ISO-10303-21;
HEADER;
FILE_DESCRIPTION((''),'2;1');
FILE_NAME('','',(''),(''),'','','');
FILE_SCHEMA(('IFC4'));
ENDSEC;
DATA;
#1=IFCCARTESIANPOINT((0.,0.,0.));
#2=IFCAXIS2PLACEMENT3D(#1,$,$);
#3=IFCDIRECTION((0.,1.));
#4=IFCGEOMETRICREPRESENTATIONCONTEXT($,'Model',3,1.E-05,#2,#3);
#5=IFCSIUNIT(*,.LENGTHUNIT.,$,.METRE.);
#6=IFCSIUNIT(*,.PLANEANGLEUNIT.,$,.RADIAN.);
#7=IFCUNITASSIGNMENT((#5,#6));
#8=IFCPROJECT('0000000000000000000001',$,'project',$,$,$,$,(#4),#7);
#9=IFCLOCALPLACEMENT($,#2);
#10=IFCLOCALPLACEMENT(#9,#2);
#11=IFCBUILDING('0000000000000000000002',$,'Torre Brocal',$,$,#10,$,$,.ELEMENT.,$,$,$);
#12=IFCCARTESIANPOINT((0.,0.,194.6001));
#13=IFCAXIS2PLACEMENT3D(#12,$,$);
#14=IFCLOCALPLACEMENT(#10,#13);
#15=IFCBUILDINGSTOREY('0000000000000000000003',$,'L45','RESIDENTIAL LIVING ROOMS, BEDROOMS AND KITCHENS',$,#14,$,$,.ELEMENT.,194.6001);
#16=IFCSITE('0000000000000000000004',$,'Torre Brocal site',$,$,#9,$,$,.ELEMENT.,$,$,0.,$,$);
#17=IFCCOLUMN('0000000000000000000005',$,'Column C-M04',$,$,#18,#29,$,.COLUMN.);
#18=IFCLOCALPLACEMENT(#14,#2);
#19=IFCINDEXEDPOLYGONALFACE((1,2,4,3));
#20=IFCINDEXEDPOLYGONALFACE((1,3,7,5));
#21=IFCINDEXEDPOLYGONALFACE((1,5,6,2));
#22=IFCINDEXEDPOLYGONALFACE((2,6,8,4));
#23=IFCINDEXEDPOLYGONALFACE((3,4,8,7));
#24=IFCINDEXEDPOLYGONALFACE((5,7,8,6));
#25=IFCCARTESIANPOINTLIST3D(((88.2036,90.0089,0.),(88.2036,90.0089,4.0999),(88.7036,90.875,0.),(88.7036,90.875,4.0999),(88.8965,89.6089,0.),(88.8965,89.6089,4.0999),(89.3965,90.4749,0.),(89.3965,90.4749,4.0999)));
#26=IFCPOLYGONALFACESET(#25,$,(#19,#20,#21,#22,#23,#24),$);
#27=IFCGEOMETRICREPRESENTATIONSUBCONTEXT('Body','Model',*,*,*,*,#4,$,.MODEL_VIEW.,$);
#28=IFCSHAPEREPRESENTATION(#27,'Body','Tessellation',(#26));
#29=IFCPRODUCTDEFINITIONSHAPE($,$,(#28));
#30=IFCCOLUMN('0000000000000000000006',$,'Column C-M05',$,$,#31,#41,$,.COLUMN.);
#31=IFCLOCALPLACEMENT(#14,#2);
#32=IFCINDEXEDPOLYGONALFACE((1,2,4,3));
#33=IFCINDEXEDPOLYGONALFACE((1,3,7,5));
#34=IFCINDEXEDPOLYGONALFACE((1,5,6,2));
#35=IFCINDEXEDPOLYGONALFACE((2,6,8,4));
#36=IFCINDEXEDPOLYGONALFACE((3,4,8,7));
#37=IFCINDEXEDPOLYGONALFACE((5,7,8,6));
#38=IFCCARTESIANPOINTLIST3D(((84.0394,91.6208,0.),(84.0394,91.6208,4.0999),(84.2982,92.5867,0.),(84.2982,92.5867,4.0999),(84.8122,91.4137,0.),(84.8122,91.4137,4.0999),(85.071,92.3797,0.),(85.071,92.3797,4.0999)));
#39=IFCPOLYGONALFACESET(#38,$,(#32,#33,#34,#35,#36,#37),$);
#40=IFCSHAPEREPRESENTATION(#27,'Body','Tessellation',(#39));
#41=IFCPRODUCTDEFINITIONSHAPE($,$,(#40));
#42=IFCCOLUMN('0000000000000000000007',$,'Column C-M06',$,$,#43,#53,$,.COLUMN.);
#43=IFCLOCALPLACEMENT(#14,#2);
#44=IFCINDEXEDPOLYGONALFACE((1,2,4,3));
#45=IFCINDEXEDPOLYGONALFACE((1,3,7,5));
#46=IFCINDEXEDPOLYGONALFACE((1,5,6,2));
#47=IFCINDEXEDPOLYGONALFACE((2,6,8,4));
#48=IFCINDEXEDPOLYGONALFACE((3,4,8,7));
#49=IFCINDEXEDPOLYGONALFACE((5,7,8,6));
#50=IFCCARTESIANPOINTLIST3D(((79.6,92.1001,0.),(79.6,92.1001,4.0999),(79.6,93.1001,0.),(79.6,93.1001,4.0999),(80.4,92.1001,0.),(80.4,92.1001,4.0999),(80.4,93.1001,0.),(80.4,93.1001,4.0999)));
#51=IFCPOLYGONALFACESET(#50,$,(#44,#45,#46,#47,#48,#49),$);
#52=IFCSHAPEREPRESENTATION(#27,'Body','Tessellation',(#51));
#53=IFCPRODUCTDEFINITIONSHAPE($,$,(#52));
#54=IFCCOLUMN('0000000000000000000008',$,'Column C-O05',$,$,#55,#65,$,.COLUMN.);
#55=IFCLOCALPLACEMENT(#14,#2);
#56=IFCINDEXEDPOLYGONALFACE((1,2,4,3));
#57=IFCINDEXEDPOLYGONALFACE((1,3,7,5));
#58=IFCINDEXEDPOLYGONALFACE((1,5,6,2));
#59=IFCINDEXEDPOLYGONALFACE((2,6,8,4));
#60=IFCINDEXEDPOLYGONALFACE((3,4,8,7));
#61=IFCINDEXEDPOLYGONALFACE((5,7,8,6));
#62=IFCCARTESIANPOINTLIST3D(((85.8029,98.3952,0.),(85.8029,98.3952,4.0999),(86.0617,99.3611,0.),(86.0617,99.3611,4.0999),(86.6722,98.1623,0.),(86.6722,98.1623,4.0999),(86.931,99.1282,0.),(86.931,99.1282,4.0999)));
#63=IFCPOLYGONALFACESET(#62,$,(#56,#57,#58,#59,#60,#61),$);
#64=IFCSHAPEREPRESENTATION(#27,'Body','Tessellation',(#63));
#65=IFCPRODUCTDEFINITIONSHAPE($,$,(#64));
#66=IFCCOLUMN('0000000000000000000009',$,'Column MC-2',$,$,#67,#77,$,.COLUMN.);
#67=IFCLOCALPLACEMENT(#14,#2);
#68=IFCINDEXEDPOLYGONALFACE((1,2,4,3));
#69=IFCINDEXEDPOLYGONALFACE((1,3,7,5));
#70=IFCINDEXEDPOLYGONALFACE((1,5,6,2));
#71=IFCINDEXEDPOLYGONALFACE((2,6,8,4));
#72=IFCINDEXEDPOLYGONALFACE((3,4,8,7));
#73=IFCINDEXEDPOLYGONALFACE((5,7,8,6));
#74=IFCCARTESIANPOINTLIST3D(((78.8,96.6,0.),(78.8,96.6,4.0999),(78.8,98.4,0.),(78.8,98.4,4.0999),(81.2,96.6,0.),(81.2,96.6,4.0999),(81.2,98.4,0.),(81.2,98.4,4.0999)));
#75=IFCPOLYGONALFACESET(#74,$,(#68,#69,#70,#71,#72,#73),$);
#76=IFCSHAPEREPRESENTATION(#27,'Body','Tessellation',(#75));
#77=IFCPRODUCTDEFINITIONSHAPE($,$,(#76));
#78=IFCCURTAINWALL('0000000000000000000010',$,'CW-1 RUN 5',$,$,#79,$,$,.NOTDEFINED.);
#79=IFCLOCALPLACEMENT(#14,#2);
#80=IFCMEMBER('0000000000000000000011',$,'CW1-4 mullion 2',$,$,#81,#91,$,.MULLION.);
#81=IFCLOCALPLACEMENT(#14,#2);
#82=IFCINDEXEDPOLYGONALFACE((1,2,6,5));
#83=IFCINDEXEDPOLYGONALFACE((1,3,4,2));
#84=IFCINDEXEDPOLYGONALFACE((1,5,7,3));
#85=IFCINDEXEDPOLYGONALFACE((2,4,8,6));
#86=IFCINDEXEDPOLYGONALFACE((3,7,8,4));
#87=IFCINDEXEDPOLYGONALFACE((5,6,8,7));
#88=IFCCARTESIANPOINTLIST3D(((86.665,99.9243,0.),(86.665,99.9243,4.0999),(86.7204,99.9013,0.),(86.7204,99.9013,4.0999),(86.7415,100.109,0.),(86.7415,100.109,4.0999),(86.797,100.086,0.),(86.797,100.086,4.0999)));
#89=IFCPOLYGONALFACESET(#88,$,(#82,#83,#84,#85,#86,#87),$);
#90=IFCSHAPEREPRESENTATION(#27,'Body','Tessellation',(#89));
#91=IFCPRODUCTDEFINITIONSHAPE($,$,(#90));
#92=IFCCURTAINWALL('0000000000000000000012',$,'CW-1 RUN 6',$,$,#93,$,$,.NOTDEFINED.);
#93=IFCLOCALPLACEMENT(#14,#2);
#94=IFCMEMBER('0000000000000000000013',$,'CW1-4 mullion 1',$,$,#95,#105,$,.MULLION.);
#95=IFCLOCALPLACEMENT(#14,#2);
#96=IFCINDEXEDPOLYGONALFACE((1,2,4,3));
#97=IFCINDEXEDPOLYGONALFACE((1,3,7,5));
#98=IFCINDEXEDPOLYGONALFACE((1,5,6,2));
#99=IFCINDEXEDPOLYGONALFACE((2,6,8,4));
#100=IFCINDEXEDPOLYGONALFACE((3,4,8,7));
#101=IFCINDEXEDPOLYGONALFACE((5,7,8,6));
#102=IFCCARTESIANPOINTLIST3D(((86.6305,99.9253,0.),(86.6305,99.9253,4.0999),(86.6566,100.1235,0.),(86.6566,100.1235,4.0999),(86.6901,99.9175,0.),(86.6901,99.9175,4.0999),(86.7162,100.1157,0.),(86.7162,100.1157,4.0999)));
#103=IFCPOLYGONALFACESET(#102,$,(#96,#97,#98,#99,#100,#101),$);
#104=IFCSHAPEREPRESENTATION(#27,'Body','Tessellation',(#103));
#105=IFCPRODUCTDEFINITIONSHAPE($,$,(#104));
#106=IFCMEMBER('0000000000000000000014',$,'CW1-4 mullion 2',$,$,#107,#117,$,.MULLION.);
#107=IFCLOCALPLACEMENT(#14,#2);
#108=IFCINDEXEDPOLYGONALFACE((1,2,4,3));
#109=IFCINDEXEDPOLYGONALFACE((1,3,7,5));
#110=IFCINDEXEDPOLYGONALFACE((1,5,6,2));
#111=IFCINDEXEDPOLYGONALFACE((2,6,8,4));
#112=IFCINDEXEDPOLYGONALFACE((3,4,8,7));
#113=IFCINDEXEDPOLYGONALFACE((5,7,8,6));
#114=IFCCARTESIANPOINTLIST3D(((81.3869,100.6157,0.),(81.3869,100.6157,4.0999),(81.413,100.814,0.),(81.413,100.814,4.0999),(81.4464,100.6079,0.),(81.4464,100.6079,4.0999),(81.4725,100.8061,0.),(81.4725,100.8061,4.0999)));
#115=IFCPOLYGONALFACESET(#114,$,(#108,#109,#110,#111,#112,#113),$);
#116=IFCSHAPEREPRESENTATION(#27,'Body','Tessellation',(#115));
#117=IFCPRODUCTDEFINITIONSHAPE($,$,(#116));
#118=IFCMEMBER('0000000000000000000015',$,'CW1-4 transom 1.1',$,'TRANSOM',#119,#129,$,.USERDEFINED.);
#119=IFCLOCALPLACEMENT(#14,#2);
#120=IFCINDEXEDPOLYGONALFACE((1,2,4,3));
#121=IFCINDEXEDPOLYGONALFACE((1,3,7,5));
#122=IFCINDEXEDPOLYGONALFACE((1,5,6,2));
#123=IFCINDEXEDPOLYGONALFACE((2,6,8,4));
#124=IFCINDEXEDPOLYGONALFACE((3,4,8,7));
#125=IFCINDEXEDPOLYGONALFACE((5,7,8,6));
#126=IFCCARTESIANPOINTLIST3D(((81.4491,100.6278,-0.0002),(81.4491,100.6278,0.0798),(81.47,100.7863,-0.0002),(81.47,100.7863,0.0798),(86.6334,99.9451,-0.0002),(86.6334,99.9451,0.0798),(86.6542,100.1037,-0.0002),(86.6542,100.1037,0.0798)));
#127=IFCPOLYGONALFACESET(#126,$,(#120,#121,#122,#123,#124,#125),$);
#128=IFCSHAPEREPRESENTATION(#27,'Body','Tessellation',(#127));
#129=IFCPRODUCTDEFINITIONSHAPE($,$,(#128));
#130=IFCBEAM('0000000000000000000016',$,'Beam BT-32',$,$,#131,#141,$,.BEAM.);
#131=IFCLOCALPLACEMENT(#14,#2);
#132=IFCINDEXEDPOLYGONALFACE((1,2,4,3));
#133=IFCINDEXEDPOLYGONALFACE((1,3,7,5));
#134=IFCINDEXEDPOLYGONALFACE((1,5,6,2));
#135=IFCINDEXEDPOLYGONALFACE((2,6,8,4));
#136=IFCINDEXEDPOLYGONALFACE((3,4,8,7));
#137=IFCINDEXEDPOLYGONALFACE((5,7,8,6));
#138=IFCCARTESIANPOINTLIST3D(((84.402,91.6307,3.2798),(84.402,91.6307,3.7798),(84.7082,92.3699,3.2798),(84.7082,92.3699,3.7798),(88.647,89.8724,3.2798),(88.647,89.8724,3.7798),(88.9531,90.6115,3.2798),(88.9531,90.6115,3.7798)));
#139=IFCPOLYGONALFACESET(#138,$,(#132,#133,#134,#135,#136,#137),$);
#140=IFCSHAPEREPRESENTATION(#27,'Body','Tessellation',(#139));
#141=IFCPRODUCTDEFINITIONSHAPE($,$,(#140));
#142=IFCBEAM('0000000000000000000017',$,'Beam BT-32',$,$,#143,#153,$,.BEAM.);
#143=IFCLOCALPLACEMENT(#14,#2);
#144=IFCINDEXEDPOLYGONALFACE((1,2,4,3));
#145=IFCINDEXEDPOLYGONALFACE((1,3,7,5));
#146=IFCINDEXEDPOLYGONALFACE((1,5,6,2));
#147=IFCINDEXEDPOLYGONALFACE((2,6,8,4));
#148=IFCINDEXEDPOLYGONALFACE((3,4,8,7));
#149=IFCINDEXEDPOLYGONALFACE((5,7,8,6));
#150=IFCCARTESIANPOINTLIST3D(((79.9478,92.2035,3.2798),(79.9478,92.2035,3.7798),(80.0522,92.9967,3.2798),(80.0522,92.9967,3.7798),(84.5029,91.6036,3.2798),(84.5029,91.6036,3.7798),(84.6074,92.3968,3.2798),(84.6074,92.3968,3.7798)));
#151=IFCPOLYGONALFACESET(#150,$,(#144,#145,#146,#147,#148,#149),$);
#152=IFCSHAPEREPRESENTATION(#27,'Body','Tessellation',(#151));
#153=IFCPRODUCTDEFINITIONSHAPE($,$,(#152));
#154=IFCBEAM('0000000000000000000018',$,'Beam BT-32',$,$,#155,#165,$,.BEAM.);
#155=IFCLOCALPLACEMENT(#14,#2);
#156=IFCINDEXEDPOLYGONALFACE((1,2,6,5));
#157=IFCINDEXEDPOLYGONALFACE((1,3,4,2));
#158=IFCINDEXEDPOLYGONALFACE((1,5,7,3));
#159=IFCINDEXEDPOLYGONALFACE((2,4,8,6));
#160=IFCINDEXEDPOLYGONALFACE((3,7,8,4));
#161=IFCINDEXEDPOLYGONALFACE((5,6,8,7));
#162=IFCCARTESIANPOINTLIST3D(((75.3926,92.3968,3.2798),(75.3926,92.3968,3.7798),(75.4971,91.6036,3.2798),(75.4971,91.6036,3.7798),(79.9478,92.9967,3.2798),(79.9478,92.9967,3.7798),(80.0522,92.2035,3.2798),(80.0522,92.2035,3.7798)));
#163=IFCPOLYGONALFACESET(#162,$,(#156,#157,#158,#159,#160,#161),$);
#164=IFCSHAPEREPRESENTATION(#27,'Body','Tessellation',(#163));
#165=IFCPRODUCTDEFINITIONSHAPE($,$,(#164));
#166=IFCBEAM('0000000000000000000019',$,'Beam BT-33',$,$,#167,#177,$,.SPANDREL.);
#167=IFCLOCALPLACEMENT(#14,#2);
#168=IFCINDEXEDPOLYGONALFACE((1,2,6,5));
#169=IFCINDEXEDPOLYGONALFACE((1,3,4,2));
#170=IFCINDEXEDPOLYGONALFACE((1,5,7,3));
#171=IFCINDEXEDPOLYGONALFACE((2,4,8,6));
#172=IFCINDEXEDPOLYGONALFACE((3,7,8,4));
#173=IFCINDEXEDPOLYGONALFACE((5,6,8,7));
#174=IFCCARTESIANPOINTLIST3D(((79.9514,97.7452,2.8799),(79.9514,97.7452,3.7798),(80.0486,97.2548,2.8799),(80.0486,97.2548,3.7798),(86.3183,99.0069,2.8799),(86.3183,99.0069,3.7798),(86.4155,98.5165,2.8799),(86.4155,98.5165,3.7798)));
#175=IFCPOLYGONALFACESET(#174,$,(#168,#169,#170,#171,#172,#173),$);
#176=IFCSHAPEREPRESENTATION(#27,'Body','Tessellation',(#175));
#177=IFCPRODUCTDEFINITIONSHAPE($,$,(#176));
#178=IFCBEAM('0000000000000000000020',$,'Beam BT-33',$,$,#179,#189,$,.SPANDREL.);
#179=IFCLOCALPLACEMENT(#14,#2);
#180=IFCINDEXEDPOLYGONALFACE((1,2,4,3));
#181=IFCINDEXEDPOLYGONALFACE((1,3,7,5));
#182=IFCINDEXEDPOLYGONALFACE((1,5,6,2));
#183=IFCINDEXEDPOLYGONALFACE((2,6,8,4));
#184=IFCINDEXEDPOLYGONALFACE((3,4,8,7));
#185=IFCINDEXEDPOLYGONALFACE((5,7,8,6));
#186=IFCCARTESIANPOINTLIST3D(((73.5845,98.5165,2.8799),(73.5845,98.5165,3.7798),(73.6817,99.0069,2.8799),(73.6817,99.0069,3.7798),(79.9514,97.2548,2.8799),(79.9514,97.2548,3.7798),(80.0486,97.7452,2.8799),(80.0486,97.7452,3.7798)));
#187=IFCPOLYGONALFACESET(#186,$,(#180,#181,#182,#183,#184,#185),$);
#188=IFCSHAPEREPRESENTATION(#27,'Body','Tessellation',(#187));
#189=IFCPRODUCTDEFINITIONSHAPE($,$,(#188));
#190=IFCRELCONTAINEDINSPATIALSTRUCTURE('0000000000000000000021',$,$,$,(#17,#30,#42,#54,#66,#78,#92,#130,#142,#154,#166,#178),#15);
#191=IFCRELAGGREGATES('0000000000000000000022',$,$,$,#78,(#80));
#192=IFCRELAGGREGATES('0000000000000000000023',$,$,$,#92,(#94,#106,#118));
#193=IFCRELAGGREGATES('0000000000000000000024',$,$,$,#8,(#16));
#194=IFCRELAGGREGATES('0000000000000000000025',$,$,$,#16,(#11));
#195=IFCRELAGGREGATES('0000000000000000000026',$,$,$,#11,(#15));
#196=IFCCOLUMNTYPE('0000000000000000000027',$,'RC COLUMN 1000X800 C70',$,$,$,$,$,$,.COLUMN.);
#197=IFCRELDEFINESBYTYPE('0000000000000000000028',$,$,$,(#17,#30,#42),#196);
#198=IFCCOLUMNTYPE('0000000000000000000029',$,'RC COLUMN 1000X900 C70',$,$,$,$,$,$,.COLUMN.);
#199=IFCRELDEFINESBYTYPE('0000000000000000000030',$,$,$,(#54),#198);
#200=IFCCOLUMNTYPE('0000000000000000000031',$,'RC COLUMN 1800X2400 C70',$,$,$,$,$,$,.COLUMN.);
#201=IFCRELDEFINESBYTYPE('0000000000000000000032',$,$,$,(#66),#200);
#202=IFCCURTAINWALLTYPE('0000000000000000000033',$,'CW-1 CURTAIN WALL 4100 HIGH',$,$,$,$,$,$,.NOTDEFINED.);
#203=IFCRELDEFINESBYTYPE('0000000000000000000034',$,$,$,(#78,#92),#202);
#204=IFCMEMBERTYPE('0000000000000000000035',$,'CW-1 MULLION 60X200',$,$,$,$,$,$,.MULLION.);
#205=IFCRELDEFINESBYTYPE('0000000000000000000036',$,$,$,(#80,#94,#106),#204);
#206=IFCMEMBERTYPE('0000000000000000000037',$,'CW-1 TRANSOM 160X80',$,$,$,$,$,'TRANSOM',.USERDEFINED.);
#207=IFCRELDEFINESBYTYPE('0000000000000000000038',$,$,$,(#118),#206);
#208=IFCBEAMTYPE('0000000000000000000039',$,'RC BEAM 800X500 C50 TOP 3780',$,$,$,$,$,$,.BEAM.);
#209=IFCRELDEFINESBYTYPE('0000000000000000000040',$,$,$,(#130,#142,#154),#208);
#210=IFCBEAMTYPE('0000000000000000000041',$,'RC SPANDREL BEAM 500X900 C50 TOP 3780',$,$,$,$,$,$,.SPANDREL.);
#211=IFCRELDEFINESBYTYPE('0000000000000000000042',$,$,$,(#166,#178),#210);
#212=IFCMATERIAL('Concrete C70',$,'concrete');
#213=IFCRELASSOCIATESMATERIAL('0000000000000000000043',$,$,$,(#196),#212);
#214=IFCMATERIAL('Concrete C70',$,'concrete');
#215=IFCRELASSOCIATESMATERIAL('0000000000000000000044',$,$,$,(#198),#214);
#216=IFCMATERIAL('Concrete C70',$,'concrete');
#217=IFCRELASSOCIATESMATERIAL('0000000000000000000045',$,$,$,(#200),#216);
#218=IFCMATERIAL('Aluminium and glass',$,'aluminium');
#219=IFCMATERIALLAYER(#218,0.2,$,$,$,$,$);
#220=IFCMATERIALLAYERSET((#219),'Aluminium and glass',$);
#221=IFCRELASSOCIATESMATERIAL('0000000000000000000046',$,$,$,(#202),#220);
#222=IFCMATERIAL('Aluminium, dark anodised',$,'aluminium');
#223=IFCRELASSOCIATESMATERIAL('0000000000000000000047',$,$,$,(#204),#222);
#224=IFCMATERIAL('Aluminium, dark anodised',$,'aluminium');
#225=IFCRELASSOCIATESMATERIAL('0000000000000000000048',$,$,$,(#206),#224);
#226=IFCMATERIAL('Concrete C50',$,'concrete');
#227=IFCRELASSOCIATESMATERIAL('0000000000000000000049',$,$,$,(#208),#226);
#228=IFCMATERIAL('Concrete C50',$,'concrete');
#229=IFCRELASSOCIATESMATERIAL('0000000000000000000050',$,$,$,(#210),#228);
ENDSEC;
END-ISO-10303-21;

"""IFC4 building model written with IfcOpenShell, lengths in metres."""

from ifc_helpers import new_model, si_unit, direction, frame, origin, origin_2d, place, context, subcontext, project, spatial, rectangle, extrude, material, layer, layer_set, material_profile, profile_set, type_object, element, aggregate, save


model = new_model("IFC4")

# Units and contexts
model_context = context("Model", 3, precision=1e-05, world=origin(), true_north=direction((0.0, 1.0)))
body_context = subcontext(model_context, "Body", "Model", "MODEL_VIEW")
ifc_project = project(units=[si_unit("LENGTHUNIT", "METRE"), si_unit("PLANEANGLEUNIT", "RADIAN")], contexts=[model_context])

# Site, building, storey
site_placement = place(None, origin())
site = spatial("IfcSite", under=ifc_project, at=site_placement, Name="Torre Brocal site", CompositionType="ELEMENT", RefElevation=0.0)
building_placement = place(site_placement, origin())
building = spatial("IfcBuilding", under=site, at=building_placement, Name="Torre Brocal", CompositionType="ELEMENT")
storey_placement = place(building_placement, frame((0.0, 0.0, 194.6001)))
storey = spatial("IfcBuildingStorey", under=building, at=storey_placement, Name="L45", Description="RESIDENTIAL LIVING ROOMS, BEDROOMS AND KITCHENS", CompositionType="ELEMENT", Elevation=194.6001)

# Columns
ifc_material_1 = material(Name="Concrete C70", Category="concrete")
ifc_material_profile_1 = material_profile(ifc_material_1, rectangle(XDim=1.0, YDim=0.8, at=origin_2d()), Name="RC 1000X800")
ifc_profile_set_1 = profile_set([ifc_material_profile_1], Name="Concrete C70")
column_type_1 = type_object("IfcColumnType", Name="RC COLUMN 1000X800 C70", PredefinedType="COLUMN", material=ifc_profile_set_1)
for number, where, z_axis, x_axis, name in (
    (1, (88.8, 90.2419, 0.0), (0.0, 0.0, 1.0), (0.5, 0.866025, 0.0), "Column C-M04"),
    (2, (84.5552, 92.0002, 0.0), (0.0, 0.0, 1.0), (0.258819, 0.965926, 0.0), "Column C-M05"),
    (3, (80.0, 92.6001, 0.0), (0.0, 0.0, 1.0), (0.0, 1.0, 0.0), "Column C-M06"),
):
    element("IfcColumn", number, at=place(storey_placement, frame(where, z_axis=z_axis, x_axis=x_axis)), inside=storey, type_object=column_type_1, Name=name, PredefinedType="COLUMN", context=body_context, shape_type="SweptSolid", body=[
        extrude(rectangle(XDim=1.0, YDim=0.8, at=origin_2d()), origin(), (0.0, 0.0, 1.0), 4.0999),
    ])
ifc_material_2 = material(Name="Concrete C70", Category="concrete")
ifc_material_profile_2 = material_profile(ifc_material_2, rectangle(XDim=1.0, YDim=0.8999, at=origin_2d()), Name="RC 1000X900")
ifc_profile_set_2 = profile_set([ifc_material_profile_2], Name="Concrete C70")
column_type_2 = type_object("IfcColumnType", Name="RC COLUMN 1000X900 C70", PredefinedType="COLUMN", material=ifc_profile_set_2)
column_1_placement = place(storey_placement, frame((86.3669, 98.7617, 0.0), z_axis=(0.0, 0.0, 1.0), x_axis=(0.258819, 0.965926, 0.0)))
element("IfcColumn", 4, at=column_1_placement, inside=storey, type_object=column_type_2, Name="Column C-O05", PredefinedType="COLUMN", context=body_context, shape_type="SweptSolid", body=[
    extrude(rectangle(XDim=1.0, YDim=0.8999, at=origin_2d()), origin(), (0.0, 0.0, 1.0), 4.0999),
])
ifc_material_3 = material(Name="Concrete C70", Category="concrete")
ifc_material_profile_3 = material_profile(ifc_material_3, rectangle(XDim=1.8, YDim=2.3999, at=origin_2d()), Name="RC 1800X2400")
ifc_profile_set_3 = profile_set([ifc_material_profile_3], Name="Concrete C70")
column_type_3 = type_object("IfcColumnType", Name="RC COLUMN 1800X2400 C70", PredefinedType="COLUMN", material=ifc_profile_set_3)
column_2_placement = place(storey_placement, frame((80.0, 97.5, 0.0), z_axis=(0.0, 0.0, 1.0), x_axis=(0.0, 1.0, 0.0)))
element("IfcColumn", 5, at=column_2_placement, inside=storey, type_object=column_type_3, Name="Column MC-2", PredefinedType="COLUMN", context=body_context, shape_type="SweptSolid", body=[
    extrude(rectangle(XDim=1.8, YDim=2.3999, at=origin_2d()), origin(), (0.0, 0.0, 1.0), 4.0999),
])

# Curtain wall, member
ifc_material_4 = material(Name="Aluminium and glass", Category="aluminium")
ifc_layer_1 = layer(ifc_material_4, 0.2)
ifc_layer_set_1 = layer_set([ifc_layer_1], Name="Aluminium and glass")
curtain_wall_type = type_object("IfcCurtainWallType", Name="CW-1 CURTAIN WALL 4100 HIGH", PredefinedType="NOTDEFINED", material=ifc_layer_set_1)
curtain_wall_1_placement = place(storey_placement, origin())
curtain_wall_1 = element("IfcCurtainWall", 6, at=curtain_wall_1_placement, inside=storey, type_object=curtain_wall_type, Name="CW-1 RUN 5", PredefinedType="NOTDEFINED")
ifc_material_5 = material(Name="Aluminium, dark anodised", Category="aluminium")
ifc_material_profile_4 = material_profile(ifc_material_5, rectangle(XDim=0.2, YDim=0.0601, at=origin_2d()), Name="CW-1 MULLION 60X200")
ifc_profile_set_4 = profile_set([ifc_material_profile_4], Name="Aluminium, dark anodised")
member_type_1 = type_object("IfcMemberType", Name="CW-1 MULLION 60X200", PredefinedType="MULLION", material=ifc_profile_set_4)
member_1_placement = place(storey_placement, frame((86.731, 100.0051, 0.0), z_axis=(0.0, 0.0, 1.0), x_axis=(-0.382683, -0.92388, 0.0)))
member_1 = element("IfcMember", 7, at=member_1_placement, type_object=member_type_1, Name="CW1-4 mullion 2", PredefinedType="MULLION", context=body_context, shape_type="SweptSolid", body=[
    extrude(rectangle(XDim=0.2, YDim=0.0601, at=origin_2d()), origin(), (0.0, 0.0, 1.0), 4.0999),
])

# Curtain wall, members
curtain_wall_2_placement = place(storey_placement, origin())
curtain_wall_2 = element("IfcCurtainWall", 8, at=curtain_wall_2_placement, inside=storey, type_object=curtain_wall_type, Name="CW-1 RUN 6", PredefinedType="NOTDEFINED")
member_2_placement = place(storey_placement, frame((86.6733, 100.0205, 0.0), z_axis=(0.0, 0.0, 1.0), x_axis=(-0.130526, -0.991445, 0.0)))
member_2 = element("IfcMember", 9, at=member_2_placement, type_object=member_type_1, Name="CW1-4 mullion 1", PredefinedType="MULLION", context=body_context, shape_type="SweptSolid", body=[
    extrude(rectangle(XDim=0.2, YDim=0.0601, at=origin_2d()), origin(), (0.0, 0.0, 1.0), 4.0999),
])
member_3_placement = place(storey_placement, frame((81.4297, 100.7109, 0.0), z_axis=(0.0, 0.0, 1.0), x_axis=(-0.130526, -0.991445, 0.0)))
member_3 = element("IfcMember", 10, at=member_3_placement, type_object=member_type_1, Name="CW1-4 mullion 2", PredefinedType="MULLION", context=body_context, shape_type="SweptSolid", body=[
    extrude(rectangle(XDim=0.2, YDim=0.0601, at=origin_2d()), origin(), (0.0, 0.0, 1.0), 4.0999),
])
ifc_material_6 = material(Name="Aluminium, dark anodised", Category="aluminium")
ifc_material_profile_5 = material_profile(ifc_material_6, rectangle(XDim=0.1599, YDim=0.0801, at=origin_2d()), Name="CW-1 TRANSOM 160X80")
ifc_profile_set_5 = profile_set([ifc_material_profile_5], Name="Aluminium, dark anodised")
member_type_2 = type_object("IfcMemberType", Name="CW-1 TRANSOM 160X80", ElementType="TRANSOM", PredefinedType="USERDEFINED", material=ifc_profile_set_5)
member_4_placement = place(storey_placement, frame((86.6438, 100.0244, 0.0398), z_axis=(-0.991443, 0.130543, 0.0), x_axis=(-0.130543, -0.991443, 0.0)))
member_4 = element("IfcMember", 11, at=member_4_placement, type_object=member_type_2, Name="CW1-4 transom 1.1", ObjectType="TRANSOM", PredefinedType="USERDEFINED", context=body_context, shape_type="SweptSolid", body=[
    extrude(rectangle(XDim=0.1599, YDim=0.0801, at=origin_2d()), origin(), (0.0, 0.0, 1.0), 5.229),
])

# Beams
ifc_material_7 = material(Name="Concrete C50", Category="concrete")
ifc_material_profile_6 = material_profile(ifc_material_7, rectangle(XDim=0.8, YDim=0.5, at=origin_2d()), Name="RC 800X500")
ifc_profile_set_6 = profile_set([ifc_material_profile_6], Name="Concrete C50")
beam_type_1 = type_object("IfcBeamType", Name="RC BEAM 800X500 C50 TOP 3780", PredefinedType="BEAM", material=ifc_profile_set_6)
beam_placement = place(storey_placement, frame((88.8, 90.2419, 3.5298), z_axis=(-0.923878, 0.382687, 0.0), x_axis=(-0.382687, -0.923878, 0.0)))
element("IfcBeam", 12, at=beam_placement, inside=storey, type_object=beam_type_1, Name="Beam BT-32", PredefinedType="BEAM", context=body_context, shape_type="SweptSolid", body=[
    extrude(rectangle(XDim=0.8, YDim=0.5, at=origin_2d()), origin(), (0.0, 0.0, 1.0), 4.5947),
])
for number, where, z_axis, x_axis, name in (
    (13, (84.5552, 92.0002, 3.5298), (-0.991441, 0.130559, 0.0), (-0.130559, -0.991441, 0.0), "Beam BT-32"),
    (14, (80.0, 92.6001, 3.5298), (-0.991441, -0.130559, 0.0), (0.130559, -0.991441, 0.0), "Beam BT-32"),
):
    element("IfcBeam", number, at=place(storey_placement, frame(where, z_axis=z_axis, x_axis=x_axis)), inside=storey, type_object=beam_type_1, Name=name, PredefinedType="BEAM", context=body_context, shape_type="SweptSolid", body=[
        extrude(rectangle(XDim=0.8, YDim=0.5, at=origin_2d()), origin(), (0.0, 0.0, 1.0), 4.5945),
    ])
ifc_material_8 = material(Name="Concrete C50", Category="concrete")
ifc_material_profile_7 = material_profile(ifc_material_8, rectangle(XDim=0.5, YDim=0.8999, at=origin_2d()), Name="RC 500X900")
ifc_profile_set_7 = profile_set([ifc_material_profile_7], Name="Concrete C50")
beam_type_2 = type_object("IfcBeamType", Name="RC SPANDREL BEAM 500X900 C50 TOP 3780", PredefinedType="SPANDREL", material=ifc_profile_set_7)
for number, where, z_axis, x_axis, name in (
    (15, (86.3669, 98.7617, 3.3298), (-0.980925, -0.194387, 0.0), (0.194387, -0.980925, 0.0), "Beam BT-33"),
    (16, (80.0, 97.5, 3.3298), (-0.980925, 0.194387, 0.0), (-0.194387, -0.980925, 0.0), "Beam BT-33"),
):
    element("IfcBeam", number, at=place(storey_placement, frame(where, z_axis=z_axis, x_axis=x_axis)), inside=storey, type_object=beam_type_2, Name=name, PredefinedType="SPANDREL", context=body_context, shape_type="SweptSolid", body=[
        extrude(rectangle(XDim=0.5, YDim=0.8999, at=origin_2d()), origin(), (0.0, 0.0, 1.0), 6.4907),
    ])

aggregate(curtain_wall_1, [member_1])
aggregate(curtain_wall_2, [member_2, member_3, member_4])

save(model, "model.ifc")
